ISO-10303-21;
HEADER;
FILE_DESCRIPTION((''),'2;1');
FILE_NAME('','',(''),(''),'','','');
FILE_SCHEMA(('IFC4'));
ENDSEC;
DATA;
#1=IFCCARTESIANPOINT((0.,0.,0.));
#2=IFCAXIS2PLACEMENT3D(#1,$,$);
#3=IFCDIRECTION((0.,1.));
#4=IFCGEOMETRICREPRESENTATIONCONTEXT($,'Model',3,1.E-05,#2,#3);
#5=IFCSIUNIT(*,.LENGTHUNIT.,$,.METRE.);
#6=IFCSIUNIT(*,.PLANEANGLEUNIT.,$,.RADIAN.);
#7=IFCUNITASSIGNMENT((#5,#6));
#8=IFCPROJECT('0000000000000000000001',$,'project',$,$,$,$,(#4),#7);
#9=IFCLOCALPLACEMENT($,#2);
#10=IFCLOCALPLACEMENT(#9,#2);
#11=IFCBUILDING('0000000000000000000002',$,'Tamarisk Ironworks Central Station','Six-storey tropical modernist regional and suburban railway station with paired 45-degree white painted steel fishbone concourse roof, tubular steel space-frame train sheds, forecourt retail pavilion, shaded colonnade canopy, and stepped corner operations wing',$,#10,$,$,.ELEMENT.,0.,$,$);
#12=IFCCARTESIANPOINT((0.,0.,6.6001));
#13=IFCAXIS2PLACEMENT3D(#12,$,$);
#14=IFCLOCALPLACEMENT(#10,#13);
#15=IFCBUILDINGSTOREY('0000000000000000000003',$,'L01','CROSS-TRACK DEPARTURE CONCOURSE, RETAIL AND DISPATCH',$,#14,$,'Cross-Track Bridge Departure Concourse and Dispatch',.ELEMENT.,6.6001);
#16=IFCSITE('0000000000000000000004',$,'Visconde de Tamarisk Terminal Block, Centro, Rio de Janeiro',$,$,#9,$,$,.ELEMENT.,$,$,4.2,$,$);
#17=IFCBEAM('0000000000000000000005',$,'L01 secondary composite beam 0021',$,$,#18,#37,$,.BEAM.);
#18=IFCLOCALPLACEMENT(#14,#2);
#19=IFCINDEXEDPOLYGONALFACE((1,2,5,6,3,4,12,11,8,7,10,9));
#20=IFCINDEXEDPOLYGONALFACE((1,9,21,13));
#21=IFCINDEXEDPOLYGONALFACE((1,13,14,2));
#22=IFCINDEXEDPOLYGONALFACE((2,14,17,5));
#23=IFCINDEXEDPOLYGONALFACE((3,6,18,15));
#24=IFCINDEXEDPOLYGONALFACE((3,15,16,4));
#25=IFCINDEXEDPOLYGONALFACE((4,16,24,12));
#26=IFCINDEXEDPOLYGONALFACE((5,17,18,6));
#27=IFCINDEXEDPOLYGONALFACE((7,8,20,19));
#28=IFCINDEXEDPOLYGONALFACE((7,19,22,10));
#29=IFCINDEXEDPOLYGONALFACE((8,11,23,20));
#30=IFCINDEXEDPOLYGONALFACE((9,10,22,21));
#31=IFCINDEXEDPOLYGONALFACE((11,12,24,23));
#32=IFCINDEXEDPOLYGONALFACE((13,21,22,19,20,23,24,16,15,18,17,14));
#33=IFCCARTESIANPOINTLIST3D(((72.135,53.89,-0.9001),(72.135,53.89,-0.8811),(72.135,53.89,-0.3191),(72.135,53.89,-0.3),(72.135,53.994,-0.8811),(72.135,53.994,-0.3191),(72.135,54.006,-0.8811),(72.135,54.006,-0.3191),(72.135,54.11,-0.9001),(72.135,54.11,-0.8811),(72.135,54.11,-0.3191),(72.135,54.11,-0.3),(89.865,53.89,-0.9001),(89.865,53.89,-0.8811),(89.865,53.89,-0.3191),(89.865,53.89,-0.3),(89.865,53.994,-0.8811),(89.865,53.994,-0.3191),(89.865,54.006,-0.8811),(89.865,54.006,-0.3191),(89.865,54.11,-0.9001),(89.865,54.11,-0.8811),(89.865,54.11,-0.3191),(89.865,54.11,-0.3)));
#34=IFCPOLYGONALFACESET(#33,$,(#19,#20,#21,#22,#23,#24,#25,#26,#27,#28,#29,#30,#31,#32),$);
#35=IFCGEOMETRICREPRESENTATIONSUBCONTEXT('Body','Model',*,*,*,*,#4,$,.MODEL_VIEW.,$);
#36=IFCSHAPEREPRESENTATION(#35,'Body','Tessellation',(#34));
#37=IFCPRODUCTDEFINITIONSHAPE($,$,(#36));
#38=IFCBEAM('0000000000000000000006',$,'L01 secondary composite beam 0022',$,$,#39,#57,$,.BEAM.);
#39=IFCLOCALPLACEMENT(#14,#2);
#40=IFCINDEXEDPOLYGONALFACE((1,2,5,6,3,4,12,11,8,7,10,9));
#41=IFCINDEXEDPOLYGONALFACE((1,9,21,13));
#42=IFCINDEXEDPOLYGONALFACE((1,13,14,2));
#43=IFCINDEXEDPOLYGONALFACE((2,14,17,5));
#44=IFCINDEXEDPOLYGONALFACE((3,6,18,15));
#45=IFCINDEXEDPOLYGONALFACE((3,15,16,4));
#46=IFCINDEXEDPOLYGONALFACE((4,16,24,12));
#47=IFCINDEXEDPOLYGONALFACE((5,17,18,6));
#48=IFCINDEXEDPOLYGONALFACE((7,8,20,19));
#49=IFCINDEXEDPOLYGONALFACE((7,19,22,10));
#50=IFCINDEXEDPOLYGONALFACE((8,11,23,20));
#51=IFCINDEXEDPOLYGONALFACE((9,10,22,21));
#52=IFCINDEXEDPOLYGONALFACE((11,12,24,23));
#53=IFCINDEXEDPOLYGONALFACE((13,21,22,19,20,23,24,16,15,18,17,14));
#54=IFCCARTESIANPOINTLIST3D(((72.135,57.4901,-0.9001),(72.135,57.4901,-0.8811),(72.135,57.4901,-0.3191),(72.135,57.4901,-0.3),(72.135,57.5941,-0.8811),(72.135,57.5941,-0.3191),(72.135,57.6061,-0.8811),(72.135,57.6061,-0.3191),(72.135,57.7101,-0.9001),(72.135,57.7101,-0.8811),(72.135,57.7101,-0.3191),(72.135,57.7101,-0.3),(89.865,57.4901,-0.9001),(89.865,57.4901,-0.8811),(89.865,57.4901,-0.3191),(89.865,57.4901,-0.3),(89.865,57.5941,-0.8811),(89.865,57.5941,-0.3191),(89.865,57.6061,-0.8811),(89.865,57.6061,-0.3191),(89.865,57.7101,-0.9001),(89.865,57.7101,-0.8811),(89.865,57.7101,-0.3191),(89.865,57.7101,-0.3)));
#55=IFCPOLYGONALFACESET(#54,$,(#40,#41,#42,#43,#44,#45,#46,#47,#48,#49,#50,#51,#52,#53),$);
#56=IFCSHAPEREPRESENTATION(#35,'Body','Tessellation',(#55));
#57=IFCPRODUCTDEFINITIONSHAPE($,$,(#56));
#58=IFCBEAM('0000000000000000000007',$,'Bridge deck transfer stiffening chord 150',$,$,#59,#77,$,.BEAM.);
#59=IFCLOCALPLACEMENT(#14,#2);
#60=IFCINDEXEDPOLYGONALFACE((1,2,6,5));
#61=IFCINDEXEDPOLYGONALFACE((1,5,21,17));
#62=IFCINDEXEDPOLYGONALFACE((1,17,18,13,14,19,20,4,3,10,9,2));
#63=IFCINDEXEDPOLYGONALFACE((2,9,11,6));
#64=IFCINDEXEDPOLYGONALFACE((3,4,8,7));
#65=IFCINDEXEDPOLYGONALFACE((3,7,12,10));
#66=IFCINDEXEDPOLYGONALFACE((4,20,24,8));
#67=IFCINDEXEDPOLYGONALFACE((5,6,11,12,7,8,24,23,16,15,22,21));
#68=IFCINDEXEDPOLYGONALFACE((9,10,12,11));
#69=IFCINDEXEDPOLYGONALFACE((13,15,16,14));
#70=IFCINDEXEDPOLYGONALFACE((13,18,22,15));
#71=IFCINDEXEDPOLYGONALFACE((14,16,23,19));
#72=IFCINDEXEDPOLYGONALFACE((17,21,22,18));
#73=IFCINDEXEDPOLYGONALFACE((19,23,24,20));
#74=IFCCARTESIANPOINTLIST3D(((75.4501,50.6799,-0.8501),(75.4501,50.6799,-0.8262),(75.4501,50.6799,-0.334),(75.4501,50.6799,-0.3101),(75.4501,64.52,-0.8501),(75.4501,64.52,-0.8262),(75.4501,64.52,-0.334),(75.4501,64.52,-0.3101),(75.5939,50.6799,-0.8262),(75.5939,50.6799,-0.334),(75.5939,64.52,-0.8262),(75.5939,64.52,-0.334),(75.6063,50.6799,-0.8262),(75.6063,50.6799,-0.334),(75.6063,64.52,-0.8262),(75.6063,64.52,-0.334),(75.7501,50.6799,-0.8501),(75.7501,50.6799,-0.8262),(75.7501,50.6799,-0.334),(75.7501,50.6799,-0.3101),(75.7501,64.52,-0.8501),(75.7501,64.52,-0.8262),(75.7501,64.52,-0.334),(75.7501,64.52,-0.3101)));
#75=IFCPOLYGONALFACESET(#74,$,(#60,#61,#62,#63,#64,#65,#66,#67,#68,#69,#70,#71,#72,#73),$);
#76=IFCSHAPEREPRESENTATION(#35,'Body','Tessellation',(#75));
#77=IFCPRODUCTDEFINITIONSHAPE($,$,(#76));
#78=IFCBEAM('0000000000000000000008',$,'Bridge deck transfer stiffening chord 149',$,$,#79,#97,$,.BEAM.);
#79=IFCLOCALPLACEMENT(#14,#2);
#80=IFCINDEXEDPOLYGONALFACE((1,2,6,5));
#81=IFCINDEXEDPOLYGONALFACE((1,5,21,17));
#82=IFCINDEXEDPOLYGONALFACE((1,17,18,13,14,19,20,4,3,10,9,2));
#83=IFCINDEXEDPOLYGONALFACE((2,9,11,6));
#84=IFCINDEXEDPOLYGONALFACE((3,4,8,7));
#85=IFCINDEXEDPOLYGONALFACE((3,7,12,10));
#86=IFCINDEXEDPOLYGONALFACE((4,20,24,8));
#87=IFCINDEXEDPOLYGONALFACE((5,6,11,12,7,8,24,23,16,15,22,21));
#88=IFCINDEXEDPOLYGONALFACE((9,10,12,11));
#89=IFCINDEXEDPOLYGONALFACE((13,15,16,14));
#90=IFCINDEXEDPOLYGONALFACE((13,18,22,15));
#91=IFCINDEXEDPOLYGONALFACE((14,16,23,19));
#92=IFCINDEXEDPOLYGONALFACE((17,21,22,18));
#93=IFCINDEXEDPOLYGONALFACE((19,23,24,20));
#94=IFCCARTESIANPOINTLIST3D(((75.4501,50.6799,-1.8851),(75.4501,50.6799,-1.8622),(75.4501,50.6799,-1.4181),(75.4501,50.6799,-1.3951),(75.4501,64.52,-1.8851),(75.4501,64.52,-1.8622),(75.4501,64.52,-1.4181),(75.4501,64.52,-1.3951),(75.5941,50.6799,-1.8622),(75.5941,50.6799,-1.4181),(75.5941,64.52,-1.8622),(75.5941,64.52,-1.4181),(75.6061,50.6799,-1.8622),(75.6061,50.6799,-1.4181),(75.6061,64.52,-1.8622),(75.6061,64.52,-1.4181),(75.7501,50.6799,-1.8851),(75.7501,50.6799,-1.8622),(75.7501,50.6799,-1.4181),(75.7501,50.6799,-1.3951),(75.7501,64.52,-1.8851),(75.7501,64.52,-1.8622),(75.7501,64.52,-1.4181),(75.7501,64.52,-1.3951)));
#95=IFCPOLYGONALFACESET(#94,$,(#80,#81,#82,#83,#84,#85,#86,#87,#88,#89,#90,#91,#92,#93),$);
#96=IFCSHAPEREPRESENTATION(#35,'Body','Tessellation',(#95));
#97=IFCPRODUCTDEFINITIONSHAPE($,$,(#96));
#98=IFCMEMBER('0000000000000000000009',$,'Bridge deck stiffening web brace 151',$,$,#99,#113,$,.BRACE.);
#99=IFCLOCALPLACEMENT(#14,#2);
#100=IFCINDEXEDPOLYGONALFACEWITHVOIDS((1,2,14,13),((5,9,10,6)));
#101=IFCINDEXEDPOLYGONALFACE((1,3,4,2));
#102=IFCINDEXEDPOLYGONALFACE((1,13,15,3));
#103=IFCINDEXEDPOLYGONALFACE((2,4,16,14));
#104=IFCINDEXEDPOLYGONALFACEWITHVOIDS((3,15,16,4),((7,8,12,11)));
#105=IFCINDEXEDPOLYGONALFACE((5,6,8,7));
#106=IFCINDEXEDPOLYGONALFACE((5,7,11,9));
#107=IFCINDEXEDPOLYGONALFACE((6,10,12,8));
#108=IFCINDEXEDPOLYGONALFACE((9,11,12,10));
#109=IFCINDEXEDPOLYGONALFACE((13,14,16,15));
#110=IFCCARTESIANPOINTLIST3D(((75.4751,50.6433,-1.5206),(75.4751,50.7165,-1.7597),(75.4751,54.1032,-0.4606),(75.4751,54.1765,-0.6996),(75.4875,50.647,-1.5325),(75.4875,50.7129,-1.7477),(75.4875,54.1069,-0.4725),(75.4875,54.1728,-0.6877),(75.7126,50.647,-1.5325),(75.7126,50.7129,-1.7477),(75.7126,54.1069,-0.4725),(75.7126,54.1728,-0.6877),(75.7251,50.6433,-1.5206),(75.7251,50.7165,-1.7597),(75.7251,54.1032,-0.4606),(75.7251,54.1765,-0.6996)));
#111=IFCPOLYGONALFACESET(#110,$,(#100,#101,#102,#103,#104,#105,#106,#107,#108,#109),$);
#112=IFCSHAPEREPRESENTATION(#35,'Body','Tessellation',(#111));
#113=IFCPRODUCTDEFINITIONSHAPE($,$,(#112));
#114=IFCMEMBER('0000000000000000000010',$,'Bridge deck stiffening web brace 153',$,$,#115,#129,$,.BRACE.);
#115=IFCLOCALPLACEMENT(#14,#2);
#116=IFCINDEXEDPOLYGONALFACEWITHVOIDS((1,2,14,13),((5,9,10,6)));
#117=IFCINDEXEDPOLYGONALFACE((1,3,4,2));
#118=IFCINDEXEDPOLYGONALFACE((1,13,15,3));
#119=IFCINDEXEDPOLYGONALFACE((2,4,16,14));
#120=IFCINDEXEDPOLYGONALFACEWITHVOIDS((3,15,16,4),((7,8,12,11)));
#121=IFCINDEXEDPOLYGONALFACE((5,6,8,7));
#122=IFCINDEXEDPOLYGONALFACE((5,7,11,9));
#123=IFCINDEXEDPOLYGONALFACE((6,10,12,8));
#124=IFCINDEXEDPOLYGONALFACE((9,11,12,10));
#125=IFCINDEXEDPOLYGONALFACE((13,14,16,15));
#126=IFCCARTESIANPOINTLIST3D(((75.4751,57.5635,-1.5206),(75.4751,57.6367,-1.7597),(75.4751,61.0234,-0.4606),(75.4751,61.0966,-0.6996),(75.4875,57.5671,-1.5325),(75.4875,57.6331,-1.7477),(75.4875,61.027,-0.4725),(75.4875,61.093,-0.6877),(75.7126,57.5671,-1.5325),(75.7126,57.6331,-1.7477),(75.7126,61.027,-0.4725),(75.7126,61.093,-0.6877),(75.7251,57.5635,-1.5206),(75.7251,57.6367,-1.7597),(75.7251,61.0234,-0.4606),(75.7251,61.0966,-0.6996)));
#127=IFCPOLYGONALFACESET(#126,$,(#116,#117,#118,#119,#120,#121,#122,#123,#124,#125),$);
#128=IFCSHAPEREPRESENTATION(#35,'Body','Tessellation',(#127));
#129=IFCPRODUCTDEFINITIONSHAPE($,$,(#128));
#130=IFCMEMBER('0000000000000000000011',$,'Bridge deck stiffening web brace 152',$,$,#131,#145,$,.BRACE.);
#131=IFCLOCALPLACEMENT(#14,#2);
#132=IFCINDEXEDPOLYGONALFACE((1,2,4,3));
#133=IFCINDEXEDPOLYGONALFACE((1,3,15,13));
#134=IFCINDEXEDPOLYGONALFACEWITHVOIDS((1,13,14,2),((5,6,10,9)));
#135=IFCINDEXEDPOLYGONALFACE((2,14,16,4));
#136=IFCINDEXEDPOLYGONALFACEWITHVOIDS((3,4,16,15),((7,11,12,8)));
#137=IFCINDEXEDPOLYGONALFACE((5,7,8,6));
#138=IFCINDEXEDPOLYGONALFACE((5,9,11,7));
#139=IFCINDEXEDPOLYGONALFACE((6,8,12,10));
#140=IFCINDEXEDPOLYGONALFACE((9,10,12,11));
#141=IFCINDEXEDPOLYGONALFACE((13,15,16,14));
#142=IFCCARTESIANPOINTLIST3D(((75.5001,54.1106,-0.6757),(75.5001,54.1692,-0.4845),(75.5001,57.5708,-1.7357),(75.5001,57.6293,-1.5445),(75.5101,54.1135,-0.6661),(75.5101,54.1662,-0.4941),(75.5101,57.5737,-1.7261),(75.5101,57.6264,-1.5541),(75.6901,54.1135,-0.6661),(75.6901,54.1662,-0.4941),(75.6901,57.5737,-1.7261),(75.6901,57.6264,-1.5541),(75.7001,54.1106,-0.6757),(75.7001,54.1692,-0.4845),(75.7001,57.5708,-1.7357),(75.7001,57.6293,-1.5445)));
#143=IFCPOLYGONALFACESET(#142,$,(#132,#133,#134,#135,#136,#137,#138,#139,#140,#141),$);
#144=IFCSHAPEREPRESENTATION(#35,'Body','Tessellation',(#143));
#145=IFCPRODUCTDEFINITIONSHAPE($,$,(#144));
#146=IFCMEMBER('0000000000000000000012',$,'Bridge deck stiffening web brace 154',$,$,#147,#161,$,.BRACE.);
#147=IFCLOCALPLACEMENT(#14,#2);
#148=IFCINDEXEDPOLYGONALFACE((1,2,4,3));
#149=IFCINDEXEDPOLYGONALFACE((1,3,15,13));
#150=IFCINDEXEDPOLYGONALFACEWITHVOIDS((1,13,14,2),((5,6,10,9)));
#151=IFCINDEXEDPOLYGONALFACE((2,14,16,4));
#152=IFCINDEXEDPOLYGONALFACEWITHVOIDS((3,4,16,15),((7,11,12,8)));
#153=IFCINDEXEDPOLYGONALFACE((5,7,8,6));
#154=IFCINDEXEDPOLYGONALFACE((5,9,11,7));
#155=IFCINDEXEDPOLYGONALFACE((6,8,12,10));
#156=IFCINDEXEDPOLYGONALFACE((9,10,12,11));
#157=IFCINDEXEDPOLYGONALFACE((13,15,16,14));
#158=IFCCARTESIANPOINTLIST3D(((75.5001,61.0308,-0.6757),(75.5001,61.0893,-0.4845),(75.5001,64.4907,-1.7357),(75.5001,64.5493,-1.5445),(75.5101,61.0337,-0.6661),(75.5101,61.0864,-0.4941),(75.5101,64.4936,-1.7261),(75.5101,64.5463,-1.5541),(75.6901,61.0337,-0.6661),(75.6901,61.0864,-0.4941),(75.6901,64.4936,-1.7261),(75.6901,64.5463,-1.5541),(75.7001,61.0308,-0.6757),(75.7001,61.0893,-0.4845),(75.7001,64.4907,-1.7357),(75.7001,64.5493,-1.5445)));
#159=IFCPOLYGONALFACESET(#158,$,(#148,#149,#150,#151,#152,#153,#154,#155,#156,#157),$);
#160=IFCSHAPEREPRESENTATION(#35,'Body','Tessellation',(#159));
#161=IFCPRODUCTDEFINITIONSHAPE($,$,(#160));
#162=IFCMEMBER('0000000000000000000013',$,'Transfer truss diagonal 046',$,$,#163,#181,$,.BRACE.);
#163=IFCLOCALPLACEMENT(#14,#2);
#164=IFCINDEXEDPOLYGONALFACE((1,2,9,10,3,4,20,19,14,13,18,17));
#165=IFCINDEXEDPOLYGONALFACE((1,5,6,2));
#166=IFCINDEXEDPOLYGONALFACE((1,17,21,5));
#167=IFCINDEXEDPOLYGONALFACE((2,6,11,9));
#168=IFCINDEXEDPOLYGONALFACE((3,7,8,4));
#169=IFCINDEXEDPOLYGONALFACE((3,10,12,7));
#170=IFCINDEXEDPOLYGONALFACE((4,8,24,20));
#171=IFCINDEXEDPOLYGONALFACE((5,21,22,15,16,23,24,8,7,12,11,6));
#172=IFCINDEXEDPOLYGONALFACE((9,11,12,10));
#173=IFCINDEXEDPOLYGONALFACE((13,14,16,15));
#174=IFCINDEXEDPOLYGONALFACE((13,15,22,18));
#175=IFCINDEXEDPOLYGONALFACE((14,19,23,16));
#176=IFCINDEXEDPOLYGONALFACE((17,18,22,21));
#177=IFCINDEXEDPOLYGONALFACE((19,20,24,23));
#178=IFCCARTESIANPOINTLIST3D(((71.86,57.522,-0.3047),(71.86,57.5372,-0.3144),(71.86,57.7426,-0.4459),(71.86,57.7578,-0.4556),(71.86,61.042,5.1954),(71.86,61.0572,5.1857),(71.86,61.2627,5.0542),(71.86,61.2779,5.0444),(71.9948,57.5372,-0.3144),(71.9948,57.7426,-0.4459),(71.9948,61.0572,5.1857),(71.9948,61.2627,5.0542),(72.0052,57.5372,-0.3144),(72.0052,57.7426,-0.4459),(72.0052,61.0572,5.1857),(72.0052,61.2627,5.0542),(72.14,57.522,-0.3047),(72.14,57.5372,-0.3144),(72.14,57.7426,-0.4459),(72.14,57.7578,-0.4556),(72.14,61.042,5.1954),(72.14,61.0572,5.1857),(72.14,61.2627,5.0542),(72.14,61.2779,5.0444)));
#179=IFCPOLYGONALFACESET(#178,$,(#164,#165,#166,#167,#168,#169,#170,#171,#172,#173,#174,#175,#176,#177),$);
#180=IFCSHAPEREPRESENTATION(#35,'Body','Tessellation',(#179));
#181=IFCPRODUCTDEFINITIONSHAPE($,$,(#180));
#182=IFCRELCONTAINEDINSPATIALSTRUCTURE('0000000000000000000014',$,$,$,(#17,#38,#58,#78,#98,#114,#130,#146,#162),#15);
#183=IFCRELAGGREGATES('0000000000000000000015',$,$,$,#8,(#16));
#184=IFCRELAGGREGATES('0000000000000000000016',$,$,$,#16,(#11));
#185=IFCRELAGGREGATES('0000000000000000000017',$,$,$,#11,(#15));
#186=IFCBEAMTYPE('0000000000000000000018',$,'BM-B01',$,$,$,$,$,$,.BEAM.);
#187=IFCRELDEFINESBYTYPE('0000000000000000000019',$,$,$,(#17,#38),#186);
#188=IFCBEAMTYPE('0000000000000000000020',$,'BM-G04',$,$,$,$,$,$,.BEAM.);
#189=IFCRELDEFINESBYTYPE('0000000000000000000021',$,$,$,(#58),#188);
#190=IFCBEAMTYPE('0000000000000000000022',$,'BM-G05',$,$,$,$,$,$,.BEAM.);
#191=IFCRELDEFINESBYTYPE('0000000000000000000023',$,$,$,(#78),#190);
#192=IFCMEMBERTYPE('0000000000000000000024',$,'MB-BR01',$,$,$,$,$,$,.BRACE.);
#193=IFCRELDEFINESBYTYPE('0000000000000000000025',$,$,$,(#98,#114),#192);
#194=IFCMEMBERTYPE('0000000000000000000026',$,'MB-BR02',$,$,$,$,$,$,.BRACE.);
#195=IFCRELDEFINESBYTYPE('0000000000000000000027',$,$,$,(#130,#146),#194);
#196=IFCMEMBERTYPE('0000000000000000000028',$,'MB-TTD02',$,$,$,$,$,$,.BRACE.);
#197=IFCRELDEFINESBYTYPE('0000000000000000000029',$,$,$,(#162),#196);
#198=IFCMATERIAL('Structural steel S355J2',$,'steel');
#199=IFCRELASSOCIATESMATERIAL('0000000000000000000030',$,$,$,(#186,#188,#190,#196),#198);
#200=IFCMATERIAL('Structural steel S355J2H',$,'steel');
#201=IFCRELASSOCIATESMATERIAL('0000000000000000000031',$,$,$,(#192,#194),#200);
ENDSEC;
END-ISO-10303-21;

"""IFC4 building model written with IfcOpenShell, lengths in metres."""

from ifc_helpers import new_model, si_unit, direction, frame, origin, origin_2d, place, context, subcontext, project, spatial, hollow_rectangle, i_section, extrude, material, material_profile, profile_set, type_object, element, save


model = new_model("IFC4")

# Units and contexts
model_context = context("Model", 3, precision=1e-05, world=origin(), true_north=direction((0.0, 1.0)))
body_context = subcontext(model_context, "Body", "Model", "MODEL_VIEW")
ifc_project = project(units=[si_unit("LENGTHUNIT", "METRE"), si_unit("PLANEANGLEUNIT", "RADIAN")], contexts=[model_context])

# Site, building, storey
site_placement = place(None, origin())
site = spatial("IfcSite", under=ifc_project, at=site_placement, Name="Visconde de Tamarisk Terminal Block, Centro, Rio de Janeiro", CompositionType="ELEMENT", RefElevation=4.2)
building_placement = place(site_placement, origin())
building = spatial("IfcBuilding", under=site, at=building_placement, Name="Tamarisk Ironworks Central Station", Description="Six-storey tropical modernist regional and suburban railway station with paired 45-degree white painted steel fishbone concourse roof, tubular steel space-frame train sheds, forecourt retail pavilion, shaded colonnade canopy, and stepped corner operations wing", CompositionType="ELEMENT", ElevationOfRefHeight=0.0)
storey_placement = place(building_placement, frame((0.0, 0.0, 6.6001)))
storey = spatial("IfcBuildingStorey", under=building, at=storey_placement, Name="L01", Description="CROSS-TRACK DEPARTURE CONCOURSE, RETAIL AND DISPATCH", LongName="Cross-Track Bridge Departure Concourse and Dispatch", CompositionType="ELEMENT", Elevation=6.6001)

# Beams
ifc_material_1 = material(Name="Structural steel S355J2", Category="steel")
ifc_material_profile_1 = material_profile(ifc_material_1, i_section(OverallWidth=0.22, OverallDepth=0.6001, WebThickness=0.012, FlangeThickness=0.019, at=origin_2d()), Name="IPE 600")
ifc_profile_set_1 = profile_set([ifc_material_profile_1], Name="Structural steel S355J2")
beam_type_1 = type_object("IfcBeamType", Name="BM-B01", PredefinedType="BEAM", material=ifc_profile_set_1)
for number, where, z_axis, x_axis, name in (
    (1, (72.135, 54.0, -0.6001), (1.0, 0.0, 0.0), (0.0, 1.0, 0.0), "L01 secondary composite beam 0021"),
    (2, (72.135, 57.6001, -0.6001), (1.0, 0.0, 0.0), (0.0, 1.0, 0.0), "L01 secondary composite beam 0022"),
):
    element("IfcBeam", number, at=place(storey_placement, frame(where, z_axis=z_axis, x_axis=x_axis)), inside=storey, type_object=beam_type_1, Name=name, PredefinedType="BEAM", context=body_context, shape_type="SweptSolid", body=[
        extrude(i_section(OverallWidth=0.22, OverallDepth=0.6001, WebThickness=0.012, FlangeThickness=0.019, at=origin_2d()), origin(), (0.0, 0.0, 1.0), 17.73),
    ])
ifc_material_profile_2 = material_profile(ifc_material_1, i_section(OverallWidth=0.3, OverallDepth=0.54, WebThickness=0.0125, FlangeThickness=0.0239, at=origin_2d()), Name="HEA 550")
ifc_profile_set_2 = profile_set([ifc_material_profile_2], Name="Structural steel S355J2")
beam_type_2 = type_object("IfcBeamType", Name="BM-G04", PredefinedType="BEAM", material=ifc_profile_set_2)
beam_1_placement = place(storey_placement, frame((75.6001, 50.6799, -0.5801), z_axis=(0.0, 1.0, 0.0), x_axis=(-1.0, 0.0, 0.0)))
element("IfcBeam", 3, at=beam_1_placement, inside=storey, type_object=beam_type_2, Name="Bridge deck transfer stiffening chord 150", PredefinedType="BEAM", context=body_context, shape_type="SweptSolid", body=[
    extrude(i_section(OverallWidth=0.3, OverallDepth=0.54, WebThickness=0.0125, FlangeThickness=0.0239, at=origin_2d()), origin(), (0.0, 0.0, 1.0), 13.8401),
])
ifc_material_profile_3 = material_profile(ifc_material_1, i_section(OverallWidth=0.3, OverallDepth=0.49, WebThickness=0.012, FlangeThickness=0.0229, at=origin_2d()), Name="HEA 500")
ifc_profile_set_3 = profile_set([ifc_material_profile_3], Name="Structural steel S355J2")
beam_type_3 = type_object("IfcBeamType", Name="BM-G05", PredefinedType="BEAM", material=ifc_profile_set_3)
beam_2_placement = place(storey_placement, frame((75.6001, 50.6799, -1.6401), z_axis=(0.0, 1.0, 0.0), x_axis=(-1.0, 0.0, 0.0)))
element("IfcBeam", 4, at=beam_2_placement, inside=storey, type_object=beam_type_3, Name="Bridge deck transfer stiffening chord 149", PredefinedType="BEAM", context=body_context, shape_type="SweptSolid", body=[
    extrude(i_section(OverallWidth=0.3, OverallDepth=0.49, WebThickness=0.012, FlangeThickness=0.0229, at=origin_2d()), origin(), (0.0, 0.0, 1.0), 13.8401),
])

# Members
ifc_material_2 = material(Name="Structural steel S355J2H", Category="steel")
ifc_material_profile_4 = material_profile(ifc_material_2, hollow_rectangle(XDim=0.25, YDim=0.25, WallThickness=0.0125, at=origin_2d()), Name="SHS 250x250x12.5")
ifc_profile_set_4 = profile_set([ifc_material_profile_4], Name="Structural steel S355J2H")
member_type_1 = type_object("IfcMemberType", Name="MB-BR01", PredefinedType="BRACE", material=ifc_profile_set_4)
for number, where, z_axis, x_axis, name in (
    (5, (75.6001, 50.6799, -1.6401), (0.0, 0.956131, 0.292938), (-1.0, 0.0, 0.0), "Bridge deck stiffening web brace 151"),
    (6, (75.6001, 57.6001, -1.6401), (0.0, 0.956131, 0.292938), (-1.0, 0.0, 0.0), "Bridge deck stiffening web brace 153"),
):
    element("IfcMember", number, at=place(storey_placement, frame(where, z_axis=z_axis, x_axis=x_axis)), inside=storey, type_object=member_type_1, Name=name, PredefinedType="BRACE", context=body_context, shape_type="SweptSolid", body=[
        extrude(hollow_rectangle(XDim=0.25, YDim=0.25, WallThickness=0.0125, at=origin_2d()), origin(), (0.0, 0.0, 1.0), 3.6187),
    ])
ifc_material_profile_5 = material_profile(ifc_material_2, hollow_rectangle(XDim=0.2, YDim=0.2, WallThickness=0.01, at=origin_2d()), Name="SHS 200x200x10")
ifc_profile_set_5 = profile_set([ifc_material_profile_5], Name="Structural steel S355J2H")
member_type_2 = type_object("IfcMemberType", Name="MB-BR02", PredefinedType="BRACE", material=ifc_profile_set_5)
member_1_placement = place(storey_placement, frame((75.6001, 54.1399, -0.5801), z_axis=(0.0, 0.956137, -0.292919), x_axis=(-1.0, 0.0, 0.0)))
element("IfcMember", 7, at=member_1_placement, inside=storey, type_object=member_type_2, Name="Bridge deck stiffening web brace 152", PredefinedType="BRACE", context=body_context, shape_type="SweptSolid", body=[
    extrude(hollow_rectangle(XDim=0.2, YDim=0.2, WallThickness=0.01, at=origin_2d()), origin(), (0.0, 0.0, 1.0), 3.6189),
])
member_2_placement = place(storey_placement, frame((75.6001, 61.0601, -0.5801), z_axis=(0.0, 0.956131, -0.292938), x_axis=(-1.0, 0.0, 0.0)))
element("IfcMember", 8, at=member_2_placement, inside=storey, type_object=member_type_2, Name="Bridge deck stiffening web brace 154", PredefinedType="BRACE", context=body_context, shape_type="SweptSolid", body=[
    extrude(hollow_rectangle(XDim=0.2, YDim=0.2, WallThickness=0.01, at=origin_2d()), origin(), (0.0, 0.0, 1.0), 3.6187),
])
ifc_material_profile_6 = material_profile(ifc_material_1, i_section(OverallWidth=0.28, OverallDepth=0.28, WebThickness=0.0105, FlangeThickness=0.0181, at=origin_2d()), Name="HEB 280")
ifc_profile_set_6 = profile_set([ifc_material_profile_6], Name="Structural steel S355J2")
member_type_3 = type_object("IfcMemberType", Name="MB-TTD02", PredefinedType="BRACE", material=ifc_profile_set_6)
member_3_placement = place(storey_placement, frame((72.0, 57.6399, -0.3801), z_axis=(0.0, 0.539056, 0.84227), x_axis=(-1.0, 0.0, 0.0)))
element("IfcMember", 9, at=member_3_placement, inside=storey, type_object=member_type_3, Name="Transfer truss diagonal 046", PredefinedType="BRACE", context=body_context, shape_type="SweptSolid", body=[
    extrude(i_section(OverallWidth=0.28, OverallDepth=0.28, WebThickness=0.0105, FlangeThickness=0.0181, at=origin_2d()), origin(), (0.0, 0.0, 1.0), 6.53),
])

save(model, "model.ifc")
